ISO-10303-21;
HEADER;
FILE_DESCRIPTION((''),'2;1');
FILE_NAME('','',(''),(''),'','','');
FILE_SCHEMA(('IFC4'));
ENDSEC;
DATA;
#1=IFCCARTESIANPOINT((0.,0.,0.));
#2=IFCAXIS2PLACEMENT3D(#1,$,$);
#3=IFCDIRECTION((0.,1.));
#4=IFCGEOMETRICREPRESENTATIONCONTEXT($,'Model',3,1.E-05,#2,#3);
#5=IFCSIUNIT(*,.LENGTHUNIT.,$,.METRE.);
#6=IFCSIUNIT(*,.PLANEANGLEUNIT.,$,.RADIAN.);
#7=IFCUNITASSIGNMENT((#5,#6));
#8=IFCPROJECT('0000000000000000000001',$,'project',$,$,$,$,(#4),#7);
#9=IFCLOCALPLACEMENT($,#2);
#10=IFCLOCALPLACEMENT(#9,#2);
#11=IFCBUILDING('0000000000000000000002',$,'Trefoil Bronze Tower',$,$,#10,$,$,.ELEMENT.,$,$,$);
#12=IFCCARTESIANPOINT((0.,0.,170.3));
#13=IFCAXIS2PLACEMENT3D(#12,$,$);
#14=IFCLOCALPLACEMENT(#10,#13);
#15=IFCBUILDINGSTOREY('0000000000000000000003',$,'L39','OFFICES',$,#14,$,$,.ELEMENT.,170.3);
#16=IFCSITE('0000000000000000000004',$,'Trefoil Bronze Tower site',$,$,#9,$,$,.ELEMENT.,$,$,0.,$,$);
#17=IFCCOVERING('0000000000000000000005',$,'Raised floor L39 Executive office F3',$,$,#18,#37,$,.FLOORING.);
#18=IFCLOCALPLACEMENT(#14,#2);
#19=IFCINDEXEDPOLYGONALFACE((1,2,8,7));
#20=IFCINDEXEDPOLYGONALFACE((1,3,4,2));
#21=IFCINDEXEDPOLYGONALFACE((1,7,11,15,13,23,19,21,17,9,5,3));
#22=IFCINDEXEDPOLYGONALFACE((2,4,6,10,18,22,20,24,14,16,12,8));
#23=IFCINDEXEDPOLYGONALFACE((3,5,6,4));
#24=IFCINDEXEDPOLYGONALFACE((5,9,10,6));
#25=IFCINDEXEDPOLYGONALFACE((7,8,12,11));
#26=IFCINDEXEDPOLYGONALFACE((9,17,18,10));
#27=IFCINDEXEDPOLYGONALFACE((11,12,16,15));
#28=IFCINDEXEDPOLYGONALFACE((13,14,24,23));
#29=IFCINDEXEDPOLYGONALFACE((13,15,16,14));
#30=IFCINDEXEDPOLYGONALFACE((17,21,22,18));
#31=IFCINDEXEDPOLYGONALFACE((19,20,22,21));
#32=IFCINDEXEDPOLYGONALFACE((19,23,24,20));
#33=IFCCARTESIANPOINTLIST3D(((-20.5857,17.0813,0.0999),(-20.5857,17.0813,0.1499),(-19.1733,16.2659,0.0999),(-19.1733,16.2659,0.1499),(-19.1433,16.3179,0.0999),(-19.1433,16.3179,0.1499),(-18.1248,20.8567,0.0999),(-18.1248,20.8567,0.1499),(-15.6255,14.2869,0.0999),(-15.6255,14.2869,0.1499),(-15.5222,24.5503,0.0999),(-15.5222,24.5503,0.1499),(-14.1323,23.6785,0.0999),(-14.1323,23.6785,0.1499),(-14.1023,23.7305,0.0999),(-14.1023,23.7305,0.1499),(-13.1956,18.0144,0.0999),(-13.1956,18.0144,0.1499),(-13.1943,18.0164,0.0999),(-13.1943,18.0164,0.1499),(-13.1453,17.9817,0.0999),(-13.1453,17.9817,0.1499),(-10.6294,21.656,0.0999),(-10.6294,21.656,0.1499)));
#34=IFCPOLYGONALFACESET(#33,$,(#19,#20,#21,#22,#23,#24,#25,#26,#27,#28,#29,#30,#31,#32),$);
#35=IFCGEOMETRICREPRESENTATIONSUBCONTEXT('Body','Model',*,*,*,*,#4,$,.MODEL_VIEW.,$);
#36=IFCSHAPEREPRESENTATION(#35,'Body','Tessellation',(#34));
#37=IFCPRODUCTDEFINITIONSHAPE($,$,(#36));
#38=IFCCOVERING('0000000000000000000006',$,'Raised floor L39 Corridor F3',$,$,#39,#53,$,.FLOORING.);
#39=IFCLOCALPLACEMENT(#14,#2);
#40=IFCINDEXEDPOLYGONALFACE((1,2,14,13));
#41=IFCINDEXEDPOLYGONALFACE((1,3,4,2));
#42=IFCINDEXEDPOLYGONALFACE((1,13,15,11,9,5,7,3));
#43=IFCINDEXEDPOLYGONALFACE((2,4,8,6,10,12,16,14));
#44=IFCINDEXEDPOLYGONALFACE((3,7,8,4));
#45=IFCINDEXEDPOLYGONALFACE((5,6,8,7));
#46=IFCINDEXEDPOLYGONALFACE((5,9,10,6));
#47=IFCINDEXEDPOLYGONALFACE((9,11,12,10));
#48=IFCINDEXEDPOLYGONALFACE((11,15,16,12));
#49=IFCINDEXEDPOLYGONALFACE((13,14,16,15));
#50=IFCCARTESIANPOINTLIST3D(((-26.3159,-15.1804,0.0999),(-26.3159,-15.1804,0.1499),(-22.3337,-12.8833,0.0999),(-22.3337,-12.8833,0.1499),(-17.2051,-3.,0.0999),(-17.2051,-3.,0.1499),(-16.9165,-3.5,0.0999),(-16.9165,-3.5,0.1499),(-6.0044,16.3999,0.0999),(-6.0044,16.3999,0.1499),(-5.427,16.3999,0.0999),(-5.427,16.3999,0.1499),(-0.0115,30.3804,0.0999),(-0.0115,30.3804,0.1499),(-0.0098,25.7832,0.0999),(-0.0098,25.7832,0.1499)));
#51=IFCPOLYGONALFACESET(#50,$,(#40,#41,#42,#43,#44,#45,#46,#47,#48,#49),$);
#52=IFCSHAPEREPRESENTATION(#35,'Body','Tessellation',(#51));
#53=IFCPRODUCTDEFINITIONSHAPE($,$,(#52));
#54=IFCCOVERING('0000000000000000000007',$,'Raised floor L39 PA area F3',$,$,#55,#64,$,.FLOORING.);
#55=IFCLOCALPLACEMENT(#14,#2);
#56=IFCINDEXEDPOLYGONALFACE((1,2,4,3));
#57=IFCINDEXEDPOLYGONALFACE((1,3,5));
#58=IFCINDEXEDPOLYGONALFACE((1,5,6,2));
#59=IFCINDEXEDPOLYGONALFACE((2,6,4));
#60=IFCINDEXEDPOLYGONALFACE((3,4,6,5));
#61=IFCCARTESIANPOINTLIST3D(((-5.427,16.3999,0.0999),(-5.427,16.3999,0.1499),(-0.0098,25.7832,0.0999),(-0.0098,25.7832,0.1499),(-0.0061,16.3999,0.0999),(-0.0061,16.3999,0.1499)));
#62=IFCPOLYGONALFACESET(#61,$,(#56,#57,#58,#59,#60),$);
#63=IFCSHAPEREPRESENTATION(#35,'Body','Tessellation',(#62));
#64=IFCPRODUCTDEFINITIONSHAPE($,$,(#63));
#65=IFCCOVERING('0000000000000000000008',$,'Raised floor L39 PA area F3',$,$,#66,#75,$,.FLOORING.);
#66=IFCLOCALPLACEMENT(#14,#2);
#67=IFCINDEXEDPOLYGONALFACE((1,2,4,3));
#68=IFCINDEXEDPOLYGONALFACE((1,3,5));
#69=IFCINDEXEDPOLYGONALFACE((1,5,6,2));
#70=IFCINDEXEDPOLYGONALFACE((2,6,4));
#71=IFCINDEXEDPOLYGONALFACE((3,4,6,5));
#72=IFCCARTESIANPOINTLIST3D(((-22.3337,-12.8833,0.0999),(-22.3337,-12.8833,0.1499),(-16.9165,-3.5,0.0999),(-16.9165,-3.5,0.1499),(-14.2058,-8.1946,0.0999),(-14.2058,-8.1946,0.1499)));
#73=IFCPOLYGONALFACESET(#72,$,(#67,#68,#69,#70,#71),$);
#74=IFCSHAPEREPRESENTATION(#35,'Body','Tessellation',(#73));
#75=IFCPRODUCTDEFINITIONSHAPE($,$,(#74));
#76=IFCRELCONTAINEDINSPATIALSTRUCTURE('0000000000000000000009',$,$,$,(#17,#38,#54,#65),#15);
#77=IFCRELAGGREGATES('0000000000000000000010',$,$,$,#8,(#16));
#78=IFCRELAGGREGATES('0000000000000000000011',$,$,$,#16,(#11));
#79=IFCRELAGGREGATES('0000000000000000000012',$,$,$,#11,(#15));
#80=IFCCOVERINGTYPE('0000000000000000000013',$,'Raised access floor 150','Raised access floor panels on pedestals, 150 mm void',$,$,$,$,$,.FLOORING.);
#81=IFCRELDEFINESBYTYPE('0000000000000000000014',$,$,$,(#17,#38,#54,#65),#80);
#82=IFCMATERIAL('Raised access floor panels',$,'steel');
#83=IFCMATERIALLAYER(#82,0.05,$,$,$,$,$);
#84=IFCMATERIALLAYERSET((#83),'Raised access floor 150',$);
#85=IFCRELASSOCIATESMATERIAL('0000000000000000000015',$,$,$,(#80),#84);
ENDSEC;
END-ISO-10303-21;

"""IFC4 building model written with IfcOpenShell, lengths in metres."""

from ifc_helpers import new_model, si_unit, direction, frame, origin, place, context, subcontext, project, spatial, polyline, outline, extrude, material, layer, layer_set, type_object, element, save


model = new_model("IFC4")

# Units and contexts
model_context = context("Model", 3, precision=1e-05, world=origin(), true_north=direction((0.0, 1.0)))
body_context = subcontext(model_context, "Body", "Model", "MODEL_VIEW")
ifc_project = project(units=[si_unit("LENGTHUNIT", "METRE"), si_unit("PLANEANGLEUNIT", "RADIAN")], contexts=[model_context])

# Site, building, storey
site_placement = place(None, origin())
site = spatial("IfcSite", under=ifc_project, at=site_placement, Name="Trefoil Bronze Tower site", CompositionType="ELEMENT", RefElevation=0.0)
building_placement = place(site_placement, origin())
building = spatial("IfcBuilding", under=site, at=building_placement, Name="Trefoil Bronze Tower", CompositionType="ELEMENT")
storey_placement = place(building_placement, frame((0.0, 0.0, 170.3)))
storey = spatial("IfcBuildingStorey", under=building, at=storey_placement, Name="L39", Description="OFFICES", CompositionType="ELEMENT", Elevation=170.3)

# Coverings
ifc_material_1 = material(Name="Raised access floor panels", Category="steel")
ifc_layer_1 = layer(ifc_material_1, 0.05)
ifc_layer_set_1 = layer_set([ifc_layer_1], Name="Raised access floor 150")
covering_type_1 = type_object("IfcCoveringType", Name="Raised access floor 150", Description="Raised access floor panels on pedestals, 150 mm void", PredefinedType="FLOORING", material=ifc_layer_set_1)
covering_1_placement = place(storey_placement, frame((0.0, 0.0, 0.0999)))
element("IfcCovering", 1, at=covering_1_placement, inside=storey, type_object=covering_type_1, Name="Raised floor L39 Executive office F3", PredefinedType="FLOORING", context=body_context, shape_type="SweptSolid", body=[
    extrude(outline(polyline([(-18.1248, 20.8567), (-15.5222, 24.5503), (-14.1023, 23.7305), (-14.1323, 23.6785), (-10.6294, 21.656), (-13.1943, 18.0164), (-13.1453, 17.9817), (-13.1956, 18.0144), (-15.6255, 14.2869), (-19.1433, 16.3179), (-19.1733, 16.2659), (-20.5857, 17.0813), (-18.1248, 20.8567)])), origin(), (0.0, 0.0, 1.0), 0.05),
])
covering_2_placement = place(storey_placement, frame((0.0, 0.0, 0.0999)))
element("IfcCovering", 2, at=covering_2_placement, inside=storey, type_object=covering_type_1, Name="Raised floor L39 Corridor F3", PredefinedType="FLOORING", context=body_context, shape_type="SweptSolid", body=[
    extrude(outline(polyline([(-0.0115, 30.3804), (-0.0098, 25.7832), (-5.427, 16.3999), (-6.0044, 16.3999), (-17.2051, -3.0), (-16.9165, -3.5), (-22.3337, -12.8833), (-26.3159, -15.1804), (-0.0115, 30.3804)])), origin(), (0.0, 0.0, 1.0), 0.05),
])
covering_3_placement = place(storey_placement, frame((0.0, 0.0, 0.0999)))
element("IfcCovering", 3, at=covering_3_placement, inside=storey, type_object=covering_type_1, Name="Raised floor L39 PA area F3", PredefinedType="FLOORING", context=body_context, shape_type="SweptSolid", body=[
    extrude(outline(polyline([(-0.0098, 25.7832), (-0.0061, 16.3999), (-5.427, 16.3999), (-0.0098, 25.7832)])), origin(), (0.0, 0.0, 1.0), 0.05),
])
covering_4_placement = place(storey_placement, frame((0.0, 0.0, 0.0999)))
element("IfcCovering", 4, at=covering_4_placement, inside=storey, type_object=covering_type_1, Name="Raised floor L39 PA area F3", PredefinedType="FLOORING", context=body_context, shape_type="SweptSolid", body=[
    extrude(outline(polyline([(-14.2058, -8.1946), (-22.3337, -12.8833), (-16.9165, -3.5), (-14.2058, -8.1946)])), origin(), (0.0, 0.0, 1.0), 0.05),
])

save(model, "model.ifc")
